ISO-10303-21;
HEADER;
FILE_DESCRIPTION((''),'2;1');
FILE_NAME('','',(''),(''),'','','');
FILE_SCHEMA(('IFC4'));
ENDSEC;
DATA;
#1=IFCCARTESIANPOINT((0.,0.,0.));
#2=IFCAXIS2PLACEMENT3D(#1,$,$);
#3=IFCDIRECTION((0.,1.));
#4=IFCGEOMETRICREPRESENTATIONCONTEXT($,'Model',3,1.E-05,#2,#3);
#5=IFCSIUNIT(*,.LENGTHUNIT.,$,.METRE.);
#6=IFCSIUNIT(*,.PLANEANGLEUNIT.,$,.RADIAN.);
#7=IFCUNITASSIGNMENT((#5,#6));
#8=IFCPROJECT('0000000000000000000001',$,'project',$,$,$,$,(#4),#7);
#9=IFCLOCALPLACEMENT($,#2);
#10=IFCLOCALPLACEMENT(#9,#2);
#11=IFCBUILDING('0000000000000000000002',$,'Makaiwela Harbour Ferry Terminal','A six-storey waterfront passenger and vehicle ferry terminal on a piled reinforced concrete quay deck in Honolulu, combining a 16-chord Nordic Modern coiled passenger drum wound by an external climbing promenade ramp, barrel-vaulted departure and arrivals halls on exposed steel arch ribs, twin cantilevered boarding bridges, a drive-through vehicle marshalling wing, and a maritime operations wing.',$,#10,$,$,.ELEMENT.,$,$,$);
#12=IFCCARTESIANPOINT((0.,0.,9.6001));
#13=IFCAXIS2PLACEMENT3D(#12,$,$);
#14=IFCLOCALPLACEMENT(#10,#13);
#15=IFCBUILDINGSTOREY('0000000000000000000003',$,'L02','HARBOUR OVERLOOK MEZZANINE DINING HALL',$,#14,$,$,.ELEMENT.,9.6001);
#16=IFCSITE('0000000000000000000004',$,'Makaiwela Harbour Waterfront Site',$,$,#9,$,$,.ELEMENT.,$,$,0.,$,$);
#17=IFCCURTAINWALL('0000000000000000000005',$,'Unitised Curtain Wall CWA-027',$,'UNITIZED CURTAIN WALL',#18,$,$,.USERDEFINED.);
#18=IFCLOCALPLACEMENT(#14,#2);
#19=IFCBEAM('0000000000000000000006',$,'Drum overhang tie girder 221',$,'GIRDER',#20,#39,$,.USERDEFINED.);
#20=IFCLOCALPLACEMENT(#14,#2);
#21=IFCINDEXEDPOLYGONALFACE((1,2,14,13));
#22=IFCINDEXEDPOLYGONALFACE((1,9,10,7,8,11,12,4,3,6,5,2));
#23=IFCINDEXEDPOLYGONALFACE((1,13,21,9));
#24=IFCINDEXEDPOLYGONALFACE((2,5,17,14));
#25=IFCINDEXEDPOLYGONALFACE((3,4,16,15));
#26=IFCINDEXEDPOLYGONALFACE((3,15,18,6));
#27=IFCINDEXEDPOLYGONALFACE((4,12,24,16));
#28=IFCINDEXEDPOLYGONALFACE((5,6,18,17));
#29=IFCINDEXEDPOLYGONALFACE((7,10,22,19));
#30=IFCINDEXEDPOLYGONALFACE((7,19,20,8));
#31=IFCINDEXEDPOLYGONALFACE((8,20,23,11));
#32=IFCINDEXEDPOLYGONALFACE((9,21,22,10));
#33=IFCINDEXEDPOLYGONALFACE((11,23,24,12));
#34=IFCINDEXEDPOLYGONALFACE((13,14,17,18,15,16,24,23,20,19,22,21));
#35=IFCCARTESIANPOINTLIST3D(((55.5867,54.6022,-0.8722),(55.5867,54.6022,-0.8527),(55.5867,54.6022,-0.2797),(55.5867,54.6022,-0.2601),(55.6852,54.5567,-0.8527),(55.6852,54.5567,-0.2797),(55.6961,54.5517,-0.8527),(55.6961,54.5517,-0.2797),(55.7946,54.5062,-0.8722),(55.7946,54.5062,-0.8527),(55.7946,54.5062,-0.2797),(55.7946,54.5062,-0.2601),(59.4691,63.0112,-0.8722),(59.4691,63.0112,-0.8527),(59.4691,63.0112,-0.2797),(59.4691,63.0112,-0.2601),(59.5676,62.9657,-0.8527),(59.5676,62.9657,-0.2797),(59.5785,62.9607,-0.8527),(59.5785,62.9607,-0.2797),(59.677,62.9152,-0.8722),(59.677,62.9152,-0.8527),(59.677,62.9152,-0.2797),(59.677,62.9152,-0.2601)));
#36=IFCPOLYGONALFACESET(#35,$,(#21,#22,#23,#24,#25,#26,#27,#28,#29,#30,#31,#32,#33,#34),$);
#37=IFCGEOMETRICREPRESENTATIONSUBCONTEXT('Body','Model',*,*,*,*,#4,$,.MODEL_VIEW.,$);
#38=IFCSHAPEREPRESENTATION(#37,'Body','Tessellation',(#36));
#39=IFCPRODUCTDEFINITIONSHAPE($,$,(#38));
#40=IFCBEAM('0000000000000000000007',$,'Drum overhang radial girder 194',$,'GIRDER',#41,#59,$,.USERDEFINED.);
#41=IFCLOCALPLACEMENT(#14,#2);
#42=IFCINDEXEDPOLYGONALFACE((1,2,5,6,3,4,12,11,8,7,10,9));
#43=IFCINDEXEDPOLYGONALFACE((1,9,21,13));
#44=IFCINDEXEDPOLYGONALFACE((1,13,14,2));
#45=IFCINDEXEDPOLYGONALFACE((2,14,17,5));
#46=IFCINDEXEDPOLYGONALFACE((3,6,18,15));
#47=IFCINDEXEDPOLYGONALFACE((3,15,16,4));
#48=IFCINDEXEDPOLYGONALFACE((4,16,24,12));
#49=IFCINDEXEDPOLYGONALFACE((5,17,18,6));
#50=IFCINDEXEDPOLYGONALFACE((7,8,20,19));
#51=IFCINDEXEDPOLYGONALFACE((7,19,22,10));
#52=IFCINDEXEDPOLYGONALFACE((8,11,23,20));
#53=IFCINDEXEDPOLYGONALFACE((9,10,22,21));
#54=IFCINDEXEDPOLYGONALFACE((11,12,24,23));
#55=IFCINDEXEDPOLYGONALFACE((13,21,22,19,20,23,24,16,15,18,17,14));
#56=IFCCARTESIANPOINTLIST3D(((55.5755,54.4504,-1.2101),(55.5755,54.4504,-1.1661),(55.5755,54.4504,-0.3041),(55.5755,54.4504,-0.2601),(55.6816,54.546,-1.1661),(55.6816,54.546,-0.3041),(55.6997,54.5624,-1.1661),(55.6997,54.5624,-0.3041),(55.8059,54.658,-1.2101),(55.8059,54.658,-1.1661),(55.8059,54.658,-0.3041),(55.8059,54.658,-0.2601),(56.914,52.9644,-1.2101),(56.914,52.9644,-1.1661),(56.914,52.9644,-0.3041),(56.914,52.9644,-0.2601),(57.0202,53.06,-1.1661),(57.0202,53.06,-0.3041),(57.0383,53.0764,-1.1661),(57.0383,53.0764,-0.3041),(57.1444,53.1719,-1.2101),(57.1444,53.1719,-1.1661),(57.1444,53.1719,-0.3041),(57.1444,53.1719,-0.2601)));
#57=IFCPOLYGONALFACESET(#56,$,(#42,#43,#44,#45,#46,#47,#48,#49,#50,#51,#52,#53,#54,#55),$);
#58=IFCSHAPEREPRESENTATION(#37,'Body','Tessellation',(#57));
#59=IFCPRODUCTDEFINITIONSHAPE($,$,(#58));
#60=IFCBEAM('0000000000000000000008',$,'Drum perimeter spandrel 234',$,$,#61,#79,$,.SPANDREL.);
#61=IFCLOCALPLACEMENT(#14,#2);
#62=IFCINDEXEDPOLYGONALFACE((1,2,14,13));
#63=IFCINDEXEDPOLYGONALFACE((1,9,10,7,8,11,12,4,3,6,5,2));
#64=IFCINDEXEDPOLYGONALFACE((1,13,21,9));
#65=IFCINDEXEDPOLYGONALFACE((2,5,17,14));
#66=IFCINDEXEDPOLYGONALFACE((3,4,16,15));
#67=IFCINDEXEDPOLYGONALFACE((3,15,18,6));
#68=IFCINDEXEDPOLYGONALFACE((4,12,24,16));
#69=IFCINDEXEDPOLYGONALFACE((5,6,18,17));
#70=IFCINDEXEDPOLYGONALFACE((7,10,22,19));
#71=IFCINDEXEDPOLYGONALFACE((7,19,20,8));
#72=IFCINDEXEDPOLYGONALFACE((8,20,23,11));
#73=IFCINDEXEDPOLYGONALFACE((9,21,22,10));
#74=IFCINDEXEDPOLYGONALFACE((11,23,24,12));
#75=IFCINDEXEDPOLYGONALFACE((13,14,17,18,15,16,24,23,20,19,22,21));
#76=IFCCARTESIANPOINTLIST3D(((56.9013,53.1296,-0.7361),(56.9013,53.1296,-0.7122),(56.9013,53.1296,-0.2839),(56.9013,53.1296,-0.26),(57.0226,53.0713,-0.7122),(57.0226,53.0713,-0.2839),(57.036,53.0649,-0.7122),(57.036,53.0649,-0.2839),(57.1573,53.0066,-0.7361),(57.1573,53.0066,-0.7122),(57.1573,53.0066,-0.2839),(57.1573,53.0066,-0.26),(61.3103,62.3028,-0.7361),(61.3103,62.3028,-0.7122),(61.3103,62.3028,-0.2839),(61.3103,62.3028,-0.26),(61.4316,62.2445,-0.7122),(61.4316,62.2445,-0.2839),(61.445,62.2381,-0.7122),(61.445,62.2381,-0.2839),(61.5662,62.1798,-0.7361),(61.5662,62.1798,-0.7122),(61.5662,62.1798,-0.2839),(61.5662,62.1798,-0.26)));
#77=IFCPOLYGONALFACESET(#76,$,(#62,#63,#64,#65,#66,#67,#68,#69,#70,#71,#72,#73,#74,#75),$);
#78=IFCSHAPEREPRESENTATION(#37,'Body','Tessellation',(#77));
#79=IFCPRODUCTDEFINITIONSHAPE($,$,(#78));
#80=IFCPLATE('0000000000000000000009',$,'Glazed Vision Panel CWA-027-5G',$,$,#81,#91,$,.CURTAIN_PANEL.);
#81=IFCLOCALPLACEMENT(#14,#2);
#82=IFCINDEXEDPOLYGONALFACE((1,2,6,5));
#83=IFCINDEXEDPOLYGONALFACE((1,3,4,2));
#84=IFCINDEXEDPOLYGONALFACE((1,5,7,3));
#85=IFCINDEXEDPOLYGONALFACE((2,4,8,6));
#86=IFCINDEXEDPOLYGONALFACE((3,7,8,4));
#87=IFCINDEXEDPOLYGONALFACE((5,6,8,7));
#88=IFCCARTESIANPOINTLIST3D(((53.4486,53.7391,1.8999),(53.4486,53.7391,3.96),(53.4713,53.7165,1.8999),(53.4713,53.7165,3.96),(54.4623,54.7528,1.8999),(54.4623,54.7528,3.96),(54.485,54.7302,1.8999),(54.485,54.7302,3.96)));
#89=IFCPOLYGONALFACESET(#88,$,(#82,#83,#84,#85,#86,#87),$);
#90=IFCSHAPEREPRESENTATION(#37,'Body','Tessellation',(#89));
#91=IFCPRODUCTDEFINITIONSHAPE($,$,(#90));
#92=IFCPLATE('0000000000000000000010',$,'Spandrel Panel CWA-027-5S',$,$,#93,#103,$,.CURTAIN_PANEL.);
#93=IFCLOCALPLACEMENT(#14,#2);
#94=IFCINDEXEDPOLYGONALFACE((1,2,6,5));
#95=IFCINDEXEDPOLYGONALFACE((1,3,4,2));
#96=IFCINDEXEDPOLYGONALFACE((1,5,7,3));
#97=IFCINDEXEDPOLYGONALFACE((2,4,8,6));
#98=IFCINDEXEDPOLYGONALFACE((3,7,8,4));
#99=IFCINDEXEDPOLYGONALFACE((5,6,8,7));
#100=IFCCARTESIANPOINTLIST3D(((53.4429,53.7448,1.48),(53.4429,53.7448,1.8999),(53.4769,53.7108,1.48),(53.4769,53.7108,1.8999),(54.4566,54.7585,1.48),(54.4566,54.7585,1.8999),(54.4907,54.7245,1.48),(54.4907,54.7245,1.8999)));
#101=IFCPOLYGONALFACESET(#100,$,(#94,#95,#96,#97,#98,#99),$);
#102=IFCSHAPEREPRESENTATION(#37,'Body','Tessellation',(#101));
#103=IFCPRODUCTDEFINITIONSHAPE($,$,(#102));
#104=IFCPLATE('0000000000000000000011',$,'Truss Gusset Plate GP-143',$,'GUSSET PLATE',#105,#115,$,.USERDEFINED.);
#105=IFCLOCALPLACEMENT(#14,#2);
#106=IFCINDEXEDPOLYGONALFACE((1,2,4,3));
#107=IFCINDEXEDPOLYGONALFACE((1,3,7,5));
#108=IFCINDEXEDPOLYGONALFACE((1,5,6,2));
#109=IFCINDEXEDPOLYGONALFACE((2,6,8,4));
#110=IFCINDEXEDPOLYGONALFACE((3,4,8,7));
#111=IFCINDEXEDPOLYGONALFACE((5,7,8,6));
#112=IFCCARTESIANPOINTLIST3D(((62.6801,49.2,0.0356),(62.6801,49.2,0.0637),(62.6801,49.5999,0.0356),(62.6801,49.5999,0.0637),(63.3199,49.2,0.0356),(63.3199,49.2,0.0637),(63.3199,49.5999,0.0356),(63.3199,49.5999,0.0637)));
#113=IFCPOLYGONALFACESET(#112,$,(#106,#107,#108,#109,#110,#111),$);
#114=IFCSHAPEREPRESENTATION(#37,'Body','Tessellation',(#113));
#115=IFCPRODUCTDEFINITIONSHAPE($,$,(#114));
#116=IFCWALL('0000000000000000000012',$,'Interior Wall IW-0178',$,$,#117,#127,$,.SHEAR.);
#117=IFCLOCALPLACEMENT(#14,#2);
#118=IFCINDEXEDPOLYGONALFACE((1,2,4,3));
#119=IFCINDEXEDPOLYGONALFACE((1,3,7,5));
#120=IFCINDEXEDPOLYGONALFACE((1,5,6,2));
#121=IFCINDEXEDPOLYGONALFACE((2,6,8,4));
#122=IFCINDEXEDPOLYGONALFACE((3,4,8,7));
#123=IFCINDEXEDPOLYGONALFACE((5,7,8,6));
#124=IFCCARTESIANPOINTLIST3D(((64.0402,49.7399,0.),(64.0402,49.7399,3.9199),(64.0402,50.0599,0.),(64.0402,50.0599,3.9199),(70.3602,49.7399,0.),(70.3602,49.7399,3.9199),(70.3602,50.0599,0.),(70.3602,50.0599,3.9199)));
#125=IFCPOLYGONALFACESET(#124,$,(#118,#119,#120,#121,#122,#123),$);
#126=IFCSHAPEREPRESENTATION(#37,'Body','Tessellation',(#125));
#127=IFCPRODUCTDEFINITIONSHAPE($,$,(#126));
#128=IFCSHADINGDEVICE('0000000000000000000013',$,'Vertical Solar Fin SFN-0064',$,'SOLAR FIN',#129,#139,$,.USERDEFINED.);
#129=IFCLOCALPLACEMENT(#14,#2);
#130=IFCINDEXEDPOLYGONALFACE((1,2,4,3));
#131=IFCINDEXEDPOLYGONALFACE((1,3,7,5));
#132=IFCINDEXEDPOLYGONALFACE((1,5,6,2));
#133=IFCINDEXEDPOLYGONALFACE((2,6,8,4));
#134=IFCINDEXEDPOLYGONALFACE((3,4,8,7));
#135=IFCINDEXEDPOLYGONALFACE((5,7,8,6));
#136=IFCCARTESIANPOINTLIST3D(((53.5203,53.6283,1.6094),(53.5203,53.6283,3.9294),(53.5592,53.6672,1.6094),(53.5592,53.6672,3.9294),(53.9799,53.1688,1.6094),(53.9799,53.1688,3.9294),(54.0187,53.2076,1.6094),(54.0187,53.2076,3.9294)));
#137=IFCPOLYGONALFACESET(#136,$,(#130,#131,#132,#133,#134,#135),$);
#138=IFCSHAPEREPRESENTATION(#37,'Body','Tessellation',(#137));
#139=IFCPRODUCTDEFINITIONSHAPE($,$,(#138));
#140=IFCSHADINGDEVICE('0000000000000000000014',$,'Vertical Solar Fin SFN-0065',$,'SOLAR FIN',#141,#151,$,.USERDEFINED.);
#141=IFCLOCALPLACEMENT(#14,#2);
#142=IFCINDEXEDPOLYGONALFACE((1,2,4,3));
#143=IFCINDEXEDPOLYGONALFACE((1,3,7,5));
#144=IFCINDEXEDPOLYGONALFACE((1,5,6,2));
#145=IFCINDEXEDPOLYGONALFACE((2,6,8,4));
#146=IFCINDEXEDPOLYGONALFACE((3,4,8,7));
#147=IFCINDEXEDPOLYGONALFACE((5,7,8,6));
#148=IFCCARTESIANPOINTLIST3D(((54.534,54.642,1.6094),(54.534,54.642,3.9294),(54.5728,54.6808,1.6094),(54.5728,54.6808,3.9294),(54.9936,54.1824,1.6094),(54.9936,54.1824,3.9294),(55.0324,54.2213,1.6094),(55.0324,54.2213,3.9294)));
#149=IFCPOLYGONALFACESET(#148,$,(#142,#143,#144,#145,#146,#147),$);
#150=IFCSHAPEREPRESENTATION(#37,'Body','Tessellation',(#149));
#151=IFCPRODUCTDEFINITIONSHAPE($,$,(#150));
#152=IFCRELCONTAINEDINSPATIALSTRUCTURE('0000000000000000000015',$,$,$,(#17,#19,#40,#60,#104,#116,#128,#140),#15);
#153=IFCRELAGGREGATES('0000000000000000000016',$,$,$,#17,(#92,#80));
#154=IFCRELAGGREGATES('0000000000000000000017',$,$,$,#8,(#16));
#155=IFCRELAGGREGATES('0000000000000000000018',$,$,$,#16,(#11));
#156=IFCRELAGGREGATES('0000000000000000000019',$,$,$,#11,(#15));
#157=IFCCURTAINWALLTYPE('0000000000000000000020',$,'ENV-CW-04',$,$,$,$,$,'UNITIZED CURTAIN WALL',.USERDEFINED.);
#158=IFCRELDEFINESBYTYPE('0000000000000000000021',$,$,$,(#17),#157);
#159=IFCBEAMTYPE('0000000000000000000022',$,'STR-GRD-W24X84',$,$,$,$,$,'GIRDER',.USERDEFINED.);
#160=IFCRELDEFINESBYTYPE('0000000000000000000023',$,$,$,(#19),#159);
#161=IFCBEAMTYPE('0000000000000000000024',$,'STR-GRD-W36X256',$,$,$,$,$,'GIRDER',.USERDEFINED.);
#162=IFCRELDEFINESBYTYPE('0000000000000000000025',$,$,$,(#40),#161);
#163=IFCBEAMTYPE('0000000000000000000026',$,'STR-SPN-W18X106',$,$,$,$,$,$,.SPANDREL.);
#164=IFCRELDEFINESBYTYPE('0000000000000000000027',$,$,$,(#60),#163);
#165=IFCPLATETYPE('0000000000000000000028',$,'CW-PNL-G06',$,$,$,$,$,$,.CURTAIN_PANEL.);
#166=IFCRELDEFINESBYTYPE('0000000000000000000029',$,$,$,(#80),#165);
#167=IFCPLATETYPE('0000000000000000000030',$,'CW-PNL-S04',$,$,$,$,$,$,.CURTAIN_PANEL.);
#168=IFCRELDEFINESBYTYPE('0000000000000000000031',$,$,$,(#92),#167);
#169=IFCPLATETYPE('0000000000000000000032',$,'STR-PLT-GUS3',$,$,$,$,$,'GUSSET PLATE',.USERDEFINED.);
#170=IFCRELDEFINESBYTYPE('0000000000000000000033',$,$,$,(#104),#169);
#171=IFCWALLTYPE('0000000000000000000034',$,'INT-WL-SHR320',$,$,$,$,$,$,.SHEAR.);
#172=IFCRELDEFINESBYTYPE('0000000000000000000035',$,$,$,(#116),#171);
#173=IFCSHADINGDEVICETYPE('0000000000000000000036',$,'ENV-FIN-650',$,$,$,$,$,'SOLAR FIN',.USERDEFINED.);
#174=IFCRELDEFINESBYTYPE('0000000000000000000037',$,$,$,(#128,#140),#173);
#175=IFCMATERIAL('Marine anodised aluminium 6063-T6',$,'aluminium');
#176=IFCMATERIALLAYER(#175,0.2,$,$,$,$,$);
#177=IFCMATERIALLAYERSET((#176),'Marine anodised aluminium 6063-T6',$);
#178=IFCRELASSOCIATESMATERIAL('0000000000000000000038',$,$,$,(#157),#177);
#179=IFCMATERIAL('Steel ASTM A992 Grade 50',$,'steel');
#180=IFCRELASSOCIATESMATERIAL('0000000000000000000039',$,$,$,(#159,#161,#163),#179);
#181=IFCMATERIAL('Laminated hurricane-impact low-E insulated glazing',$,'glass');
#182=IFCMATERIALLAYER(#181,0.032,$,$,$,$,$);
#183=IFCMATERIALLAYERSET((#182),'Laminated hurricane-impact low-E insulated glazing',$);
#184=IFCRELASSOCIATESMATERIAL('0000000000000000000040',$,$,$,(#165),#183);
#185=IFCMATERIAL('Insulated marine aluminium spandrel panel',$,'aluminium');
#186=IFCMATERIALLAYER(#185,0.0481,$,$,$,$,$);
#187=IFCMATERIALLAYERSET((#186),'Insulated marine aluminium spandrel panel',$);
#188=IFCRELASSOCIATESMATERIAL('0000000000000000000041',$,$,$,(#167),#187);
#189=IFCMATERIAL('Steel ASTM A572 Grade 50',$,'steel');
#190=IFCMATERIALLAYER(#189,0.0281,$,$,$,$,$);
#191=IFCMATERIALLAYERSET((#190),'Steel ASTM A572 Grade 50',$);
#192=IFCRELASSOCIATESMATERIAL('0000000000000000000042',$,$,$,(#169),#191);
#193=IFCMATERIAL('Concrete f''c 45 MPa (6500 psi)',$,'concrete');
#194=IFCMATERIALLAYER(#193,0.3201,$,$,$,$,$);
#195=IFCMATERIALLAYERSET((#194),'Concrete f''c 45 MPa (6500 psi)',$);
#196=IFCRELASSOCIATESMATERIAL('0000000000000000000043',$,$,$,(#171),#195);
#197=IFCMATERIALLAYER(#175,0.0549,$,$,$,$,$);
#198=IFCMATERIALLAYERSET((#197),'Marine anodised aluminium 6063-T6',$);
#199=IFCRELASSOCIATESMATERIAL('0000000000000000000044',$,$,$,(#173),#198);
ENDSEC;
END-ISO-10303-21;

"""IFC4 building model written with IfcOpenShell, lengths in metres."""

from ifc_helpers import new_model, si_unit, direction, frame, frame_2d, origin, origin_2d, place, context, subcontext, project, spatial, rectangle, i_section, extrude, material, layer, layer_set, material_profile, profile_set, type_object, element, aggregate, save


model = new_model("IFC4")

# Units and contexts
model_context = context("Model", 3, precision=1e-05, world=origin(), true_north=direction((0.0, 1.0)))
body_context = subcontext(model_context, "Body", "Model", "MODEL_VIEW")
ifc_project = project(units=[si_unit("LENGTHUNIT", "METRE"), si_unit("PLANEANGLEUNIT", "RADIAN")], contexts=[model_context])

# Site, building, storey
site_placement = place(None, origin())
site = spatial("IfcSite", under=ifc_project, at=site_placement, Name="Makaiwela Harbour Waterfront Site", CompositionType="ELEMENT", RefElevation=0.0)
building_placement = place(site_placement, origin())
building = spatial("IfcBuilding", under=site, at=building_placement, Name="Makaiwela Harbour Ferry Terminal", Description="A six-storey waterfront passenger and vehicle ferry terminal on a piled reinforced concrete quay deck in Honolulu, combining a 16-chord Nordic Modern coiled passenger drum wound by an external climbing promenade ramp, barrel-vaulted departure and arrivals halls on exposed steel arch ribs, twin cantilevered boarding bridges, a drive-through vehicle marshalling wing, and a maritime operations wing.", CompositionType="ELEMENT")
storey_placement = place(building_placement, frame((0.0, 0.0, 9.6001)))
storey = spatial("IfcBuildingStorey", under=building, at=storey_placement, Name="L02", Description="HARBOUR OVERLOOK MEZZANINE DINING HALL", CompositionType="ELEMENT", Elevation=9.6001)

# Curtain wall
ifc_material_1 = material(Name="Marine anodised aluminium 6063-T6", Category="aluminium")
ifc_layer_1 = layer(ifc_material_1, 0.2)
ifc_layer_set_1 = layer_set([ifc_layer_1], Name="Marine anodised aluminium 6063-T6")
curtain_wall_type = type_object("IfcCurtainWallType", Name="ENV-CW-04", ElementType="UNITIZED CURTAIN WALL", PredefinedType="USERDEFINED", material=ifc_layer_set_1)
curtain_wall_placement = place(storey_placement, origin())
curtain_wall = element("IfcCurtainWall", 1, at=curtain_wall_placement, inside=storey, type_object=curtain_wall_type, Name="Unitised Curtain Wall CWA-027", ObjectType="UNITIZED CURTAIN WALL", PredefinedType="USERDEFINED")

# Beams
ifc_material_2 = material(Name="Steel ASTM A992 Grade 50", Category="steel")
ifc_material_profile_1 = material_profile(ifc_material_2, i_section(OverallWidth=0.229, OverallDepth=0.6121, WebThickness=0.012, FlangeThickness=0.0195, at=origin_2d()), Name="W24X84")
ifc_profile_set_1 = profile_set([ifc_material_profile_1], Name="Steel ASTM A992 Grade 50")
beam_type_1 = type_object("IfcBeamType", Name="STR-GRD-W24X84", ElementType="GIRDER", PredefinedType="USERDEFINED", material=ifc_profile_set_1)
beam_1_placement = place(storey_placement, frame((55.6907, 54.5542, -0.5662), z_axis=(0.419172, 0.907907, 0.0), x_axis=(-0.907907, 0.419172, 0.0)))
element("IfcBeam", 2, at=beam_1_placement, inside=storey, type_object=beam_type_1, Name="Drum overhang tie girder 221", ObjectType="GIRDER", PredefinedType="USERDEFINED", context=body_context, shape_type="SweptSolid", body=[
    extrude(i_section(OverallWidth=0.229, OverallDepth=0.6121, WebThickness=0.012, FlangeThickness=0.0195, at=origin_2d()), origin(), (0.0, 0.0, 1.0), 9.262),
])
ifc_material_profile_2 = material_profile(ifc_material_2, i_section(OverallWidth=0.3101, OverallDepth=0.95, WebThickness=0.0244, FlangeThickness=0.0439, at=origin_2d()), Name="W36X256")
ifc_profile_set_2 = profile_set([ifc_material_profile_2], Name="Steel ASTM A992 Grade 50")
beam_type_2 = type_object("IfcBeamType", Name="STR-GRD-W36X256", ElementType="GIRDER", PredefinedType="USERDEFINED", material=ifc_profile_set_2)
beam_2_placement = place(storey_placement, frame((55.6907, 54.5542, -0.7351), z_axis=(0.669282, -0.743009, 0.0), x_axis=(0.743009, 0.669282, 0.0)))
element("IfcBeam", 3, at=beam_2_placement, inside=storey, type_object=beam_type_2, Name="Drum overhang radial girder 194", ObjectType="GIRDER", PredefinedType="USERDEFINED", context=body_context, shape_type="SweptSolid", body=[
    extrude(i_section(OverallWidth=0.3101, OverallDepth=0.95, WebThickness=0.0244, FlangeThickness=0.0439, at=origin_2d()), origin(), (0.0, 0.0, 1.0), 2.0),
])
ifc_material_profile_3 = material_profile(ifc_material_2, i_section(OverallWidth=0.2839, OverallDepth=0.4761, WebThickness=0.0149, FlangeThickness=0.0239, at=origin_2d()), Name="W18X106")
ifc_profile_set_3 = profile_set([ifc_material_profile_3], Name="Steel ASTM A992 Grade 50")
beam_type_3 = type_object("IfcBeamType", Name="STR-SPN-W18X106", PredefinedType="SPANDREL", material=ifc_profile_set_3)
beam_3_placement = place(storey_placement, frame((57.0293, 53.0681, -0.498), z_axis=(0.433198, 0.901299, 0.0), x_axis=(-0.901299, 0.433198, 0.0)))
element("IfcBeam", 4, at=beam_3_placement, inside=storey, type_object=beam_type_3, Name="Drum perimeter spandrel 234", PredefinedType="SPANDREL", context=body_context, shape_type="SweptSolid", body=[
    extrude(i_section(OverallWidth=0.2839, OverallDepth=0.4761, WebThickness=0.0149, FlangeThickness=0.0239, at=origin_2d()), origin(), (0.0, 0.0, 1.0), 10.1777),
])

# Plates
ifc_material_3 = material(Name="Laminated hurricane-impact low-E insulated glazing", Category="glass")
ifc_layer_2 = layer(ifc_material_3, 0.032)
ifc_layer_set_2 = layer_set([ifc_layer_2], Name="Laminated hurricane-impact low-E insulated glazing")
plate_type_1 = type_object("IfcPlateType", Name="CW-PNL-G06", PredefinedType="CURTAIN_PANEL", material=ifc_layer_set_2)
plate_1_placement = place(storey_placement, frame((53.9668, 54.2346, 1.8999), z_axis=(0.0, 0.0, 1.0), x_axis=(0.707107, 0.707107, 0.0)))
plate_1 = element("IfcPlate", 5, at=plate_1_placement, type_object=plate_type_1, Name="Glazed Vision Panel CWA-027-5G", PredefinedType="CURTAIN_PANEL", context=body_context, shape_type="SweptSolid", body=[
    extrude(rectangle(XDim=1.4336, YDim=0.032, at=origin_2d()), origin(), (0.0, 0.0, 1.0), 2.0601),
])
ifc_material_4 = material(Name="Insulated marine aluminium spandrel panel", Category="aluminium")
ifc_layer_3 = layer(ifc_material_4, 0.0481)
ifc_layer_set_3 = layer_set([ifc_layer_3], Name="Insulated marine aluminium spandrel panel")
plate_type_2 = type_object("IfcPlateType", Name="CW-PNL-S04", PredefinedType="CURTAIN_PANEL", material=ifc_layer_set_3)
plate_2_placement = place(storey_placement, frame((53.9668, 54.2346, 1.48), z_axis=(0.0, 0.0, 1.0), x_axis=(0.707107, 0.707107, 0.0)))
plate_2 = element("IfcPlate", 6, at=plate_2_placement, type_object=plate_type_2, Name="Spandrel Panel CWA-027-5S", PredefinedType="CURTAIN_PANEL", context=body_context, shape_type="SweptSolid", body=[
    extrude(rectangle(XDim=1.4336, YDim=0.0481, at=origin_2d()), origin(), (0.0, 0.0, 1.0), 0.4199),
])
aggregate(curtain_wall, [plate_2, plate_1])
ifc_material_5 = material(Name="Steel ASTM A572 Grade 50", Category="steel")
ifc_layer_4 = layer(ifc_material_5, 0.0281)
ifc_layer_set_4 = layer_set([ifc_layer_4], Name="Steel ASTM A572 Grade 50")
plate_type_3 = type_object("IfcPlateType", Name="STR-PLT-GUS3", ElementType="GUSSET PLATE", PredefinedType="USERDEFINED", material=ifc_layer_set_4)
plate_3_placement = place(storey_placement, frame((63.0, 49.3999, 0.0356), z_axis=(0.0, 0.0, 1.0), x_axis=(1.0, 0.0, 0.0)))
element("IfcPlate", 7, at=plate_3_placement, inside=storey, type_object=plate_type_3, Name="Truss Gusset Plate GP-143", ObjectType="GUSSET PLATE", PredefinedType="USERDEFINED", context=body_context, shape_type="SweptSolid", body=[
    extrude(rectangle(XDim=0.6399, YDim=0.3999, at=origin_2d()), origin(), (0.0, 0.0, 1.0), 0.0281),
])

# Wall
ifc_material_6 = material(Name="Concrete f'c 45 MPa (6500 psi)", Category="concrete")
ifc_layer_5 = layer(ifc_material_6, 0.3201)
ifc_layer_set_5 = layer_set([ifc_layer_5], Name="Concrete f'c 45 MPa (6500 psi)")
wall_type = type_object("IfcWallType", Name="INT-WL-SHR320", PredefinedType="SHEAR", material=ifc_layer_set_5)
wall_placement = place(storey_placement, frame((64.04, 49.8999, 0.0), z_axis=(0.0, 0.0, 1.0), x_axis=(1.0, 0.0, 0.0)))
element("IfcWall", 8, at=wall_placement, inside=storey, type_object=wall_type, Name="Interior Wall IW-0178", PredefinedType="SHEAR", context=body_context, shape_type="SweptSolid", body=[
    extrude(rectangle(XDim=6.3201, YDim=0.3201, at=frame_2d((3.1602, 0.0))), origin(), (0.0, 0.0, 1.0), 3.9199),
])

# Shading devices
ifc_layer_6 = layer(ifc_material_1, 0.0549)
ifc_layer_set_6 = layer_set([ifc_layer_6], Name="Marine anodised aluminium 6063-T6")
shading_device_type = type_object("IfcShadingDeviceType", Name="ENV-FIN-650", ElementType="SOLAR FIN", PredefinedType="USERDEFINED", material=ifc_layer_set_6)
for number, where, z_axis, x_axis, name in (
    (9, (53.7695, 53.418, 1.6094), (0.0, 0.0, 1.0), (0.707107, -0.707107, 0.0), "Vertical Solar Fin SFN-0064"),
    (10, (54.7832, 54.4316, 1.6094), (0.0, 0.0, 1.0), (0.707107, -0.707107, 0.0), "Vertical Solar Fin SFN-0065"),
):
    element("IfcShadingDevice", number, at=place(storey_placement, frame(where, z_axis=z_axis, x_axis=x_axis)), inside=storey, type_object=shading_device_type, Name=name, ObjectType="SOLAR FIN", PredefinedType="USERDEFINED", context=body_context, shape_type="SweptSolid", body=[
        extrude(rectangle(XDim=0.6499, YDim=0.0549, at=origin_2d()), origin(), (0.0, 0.0, 1.0), 2.3201),
    ])

save(model, "model.ifc")
